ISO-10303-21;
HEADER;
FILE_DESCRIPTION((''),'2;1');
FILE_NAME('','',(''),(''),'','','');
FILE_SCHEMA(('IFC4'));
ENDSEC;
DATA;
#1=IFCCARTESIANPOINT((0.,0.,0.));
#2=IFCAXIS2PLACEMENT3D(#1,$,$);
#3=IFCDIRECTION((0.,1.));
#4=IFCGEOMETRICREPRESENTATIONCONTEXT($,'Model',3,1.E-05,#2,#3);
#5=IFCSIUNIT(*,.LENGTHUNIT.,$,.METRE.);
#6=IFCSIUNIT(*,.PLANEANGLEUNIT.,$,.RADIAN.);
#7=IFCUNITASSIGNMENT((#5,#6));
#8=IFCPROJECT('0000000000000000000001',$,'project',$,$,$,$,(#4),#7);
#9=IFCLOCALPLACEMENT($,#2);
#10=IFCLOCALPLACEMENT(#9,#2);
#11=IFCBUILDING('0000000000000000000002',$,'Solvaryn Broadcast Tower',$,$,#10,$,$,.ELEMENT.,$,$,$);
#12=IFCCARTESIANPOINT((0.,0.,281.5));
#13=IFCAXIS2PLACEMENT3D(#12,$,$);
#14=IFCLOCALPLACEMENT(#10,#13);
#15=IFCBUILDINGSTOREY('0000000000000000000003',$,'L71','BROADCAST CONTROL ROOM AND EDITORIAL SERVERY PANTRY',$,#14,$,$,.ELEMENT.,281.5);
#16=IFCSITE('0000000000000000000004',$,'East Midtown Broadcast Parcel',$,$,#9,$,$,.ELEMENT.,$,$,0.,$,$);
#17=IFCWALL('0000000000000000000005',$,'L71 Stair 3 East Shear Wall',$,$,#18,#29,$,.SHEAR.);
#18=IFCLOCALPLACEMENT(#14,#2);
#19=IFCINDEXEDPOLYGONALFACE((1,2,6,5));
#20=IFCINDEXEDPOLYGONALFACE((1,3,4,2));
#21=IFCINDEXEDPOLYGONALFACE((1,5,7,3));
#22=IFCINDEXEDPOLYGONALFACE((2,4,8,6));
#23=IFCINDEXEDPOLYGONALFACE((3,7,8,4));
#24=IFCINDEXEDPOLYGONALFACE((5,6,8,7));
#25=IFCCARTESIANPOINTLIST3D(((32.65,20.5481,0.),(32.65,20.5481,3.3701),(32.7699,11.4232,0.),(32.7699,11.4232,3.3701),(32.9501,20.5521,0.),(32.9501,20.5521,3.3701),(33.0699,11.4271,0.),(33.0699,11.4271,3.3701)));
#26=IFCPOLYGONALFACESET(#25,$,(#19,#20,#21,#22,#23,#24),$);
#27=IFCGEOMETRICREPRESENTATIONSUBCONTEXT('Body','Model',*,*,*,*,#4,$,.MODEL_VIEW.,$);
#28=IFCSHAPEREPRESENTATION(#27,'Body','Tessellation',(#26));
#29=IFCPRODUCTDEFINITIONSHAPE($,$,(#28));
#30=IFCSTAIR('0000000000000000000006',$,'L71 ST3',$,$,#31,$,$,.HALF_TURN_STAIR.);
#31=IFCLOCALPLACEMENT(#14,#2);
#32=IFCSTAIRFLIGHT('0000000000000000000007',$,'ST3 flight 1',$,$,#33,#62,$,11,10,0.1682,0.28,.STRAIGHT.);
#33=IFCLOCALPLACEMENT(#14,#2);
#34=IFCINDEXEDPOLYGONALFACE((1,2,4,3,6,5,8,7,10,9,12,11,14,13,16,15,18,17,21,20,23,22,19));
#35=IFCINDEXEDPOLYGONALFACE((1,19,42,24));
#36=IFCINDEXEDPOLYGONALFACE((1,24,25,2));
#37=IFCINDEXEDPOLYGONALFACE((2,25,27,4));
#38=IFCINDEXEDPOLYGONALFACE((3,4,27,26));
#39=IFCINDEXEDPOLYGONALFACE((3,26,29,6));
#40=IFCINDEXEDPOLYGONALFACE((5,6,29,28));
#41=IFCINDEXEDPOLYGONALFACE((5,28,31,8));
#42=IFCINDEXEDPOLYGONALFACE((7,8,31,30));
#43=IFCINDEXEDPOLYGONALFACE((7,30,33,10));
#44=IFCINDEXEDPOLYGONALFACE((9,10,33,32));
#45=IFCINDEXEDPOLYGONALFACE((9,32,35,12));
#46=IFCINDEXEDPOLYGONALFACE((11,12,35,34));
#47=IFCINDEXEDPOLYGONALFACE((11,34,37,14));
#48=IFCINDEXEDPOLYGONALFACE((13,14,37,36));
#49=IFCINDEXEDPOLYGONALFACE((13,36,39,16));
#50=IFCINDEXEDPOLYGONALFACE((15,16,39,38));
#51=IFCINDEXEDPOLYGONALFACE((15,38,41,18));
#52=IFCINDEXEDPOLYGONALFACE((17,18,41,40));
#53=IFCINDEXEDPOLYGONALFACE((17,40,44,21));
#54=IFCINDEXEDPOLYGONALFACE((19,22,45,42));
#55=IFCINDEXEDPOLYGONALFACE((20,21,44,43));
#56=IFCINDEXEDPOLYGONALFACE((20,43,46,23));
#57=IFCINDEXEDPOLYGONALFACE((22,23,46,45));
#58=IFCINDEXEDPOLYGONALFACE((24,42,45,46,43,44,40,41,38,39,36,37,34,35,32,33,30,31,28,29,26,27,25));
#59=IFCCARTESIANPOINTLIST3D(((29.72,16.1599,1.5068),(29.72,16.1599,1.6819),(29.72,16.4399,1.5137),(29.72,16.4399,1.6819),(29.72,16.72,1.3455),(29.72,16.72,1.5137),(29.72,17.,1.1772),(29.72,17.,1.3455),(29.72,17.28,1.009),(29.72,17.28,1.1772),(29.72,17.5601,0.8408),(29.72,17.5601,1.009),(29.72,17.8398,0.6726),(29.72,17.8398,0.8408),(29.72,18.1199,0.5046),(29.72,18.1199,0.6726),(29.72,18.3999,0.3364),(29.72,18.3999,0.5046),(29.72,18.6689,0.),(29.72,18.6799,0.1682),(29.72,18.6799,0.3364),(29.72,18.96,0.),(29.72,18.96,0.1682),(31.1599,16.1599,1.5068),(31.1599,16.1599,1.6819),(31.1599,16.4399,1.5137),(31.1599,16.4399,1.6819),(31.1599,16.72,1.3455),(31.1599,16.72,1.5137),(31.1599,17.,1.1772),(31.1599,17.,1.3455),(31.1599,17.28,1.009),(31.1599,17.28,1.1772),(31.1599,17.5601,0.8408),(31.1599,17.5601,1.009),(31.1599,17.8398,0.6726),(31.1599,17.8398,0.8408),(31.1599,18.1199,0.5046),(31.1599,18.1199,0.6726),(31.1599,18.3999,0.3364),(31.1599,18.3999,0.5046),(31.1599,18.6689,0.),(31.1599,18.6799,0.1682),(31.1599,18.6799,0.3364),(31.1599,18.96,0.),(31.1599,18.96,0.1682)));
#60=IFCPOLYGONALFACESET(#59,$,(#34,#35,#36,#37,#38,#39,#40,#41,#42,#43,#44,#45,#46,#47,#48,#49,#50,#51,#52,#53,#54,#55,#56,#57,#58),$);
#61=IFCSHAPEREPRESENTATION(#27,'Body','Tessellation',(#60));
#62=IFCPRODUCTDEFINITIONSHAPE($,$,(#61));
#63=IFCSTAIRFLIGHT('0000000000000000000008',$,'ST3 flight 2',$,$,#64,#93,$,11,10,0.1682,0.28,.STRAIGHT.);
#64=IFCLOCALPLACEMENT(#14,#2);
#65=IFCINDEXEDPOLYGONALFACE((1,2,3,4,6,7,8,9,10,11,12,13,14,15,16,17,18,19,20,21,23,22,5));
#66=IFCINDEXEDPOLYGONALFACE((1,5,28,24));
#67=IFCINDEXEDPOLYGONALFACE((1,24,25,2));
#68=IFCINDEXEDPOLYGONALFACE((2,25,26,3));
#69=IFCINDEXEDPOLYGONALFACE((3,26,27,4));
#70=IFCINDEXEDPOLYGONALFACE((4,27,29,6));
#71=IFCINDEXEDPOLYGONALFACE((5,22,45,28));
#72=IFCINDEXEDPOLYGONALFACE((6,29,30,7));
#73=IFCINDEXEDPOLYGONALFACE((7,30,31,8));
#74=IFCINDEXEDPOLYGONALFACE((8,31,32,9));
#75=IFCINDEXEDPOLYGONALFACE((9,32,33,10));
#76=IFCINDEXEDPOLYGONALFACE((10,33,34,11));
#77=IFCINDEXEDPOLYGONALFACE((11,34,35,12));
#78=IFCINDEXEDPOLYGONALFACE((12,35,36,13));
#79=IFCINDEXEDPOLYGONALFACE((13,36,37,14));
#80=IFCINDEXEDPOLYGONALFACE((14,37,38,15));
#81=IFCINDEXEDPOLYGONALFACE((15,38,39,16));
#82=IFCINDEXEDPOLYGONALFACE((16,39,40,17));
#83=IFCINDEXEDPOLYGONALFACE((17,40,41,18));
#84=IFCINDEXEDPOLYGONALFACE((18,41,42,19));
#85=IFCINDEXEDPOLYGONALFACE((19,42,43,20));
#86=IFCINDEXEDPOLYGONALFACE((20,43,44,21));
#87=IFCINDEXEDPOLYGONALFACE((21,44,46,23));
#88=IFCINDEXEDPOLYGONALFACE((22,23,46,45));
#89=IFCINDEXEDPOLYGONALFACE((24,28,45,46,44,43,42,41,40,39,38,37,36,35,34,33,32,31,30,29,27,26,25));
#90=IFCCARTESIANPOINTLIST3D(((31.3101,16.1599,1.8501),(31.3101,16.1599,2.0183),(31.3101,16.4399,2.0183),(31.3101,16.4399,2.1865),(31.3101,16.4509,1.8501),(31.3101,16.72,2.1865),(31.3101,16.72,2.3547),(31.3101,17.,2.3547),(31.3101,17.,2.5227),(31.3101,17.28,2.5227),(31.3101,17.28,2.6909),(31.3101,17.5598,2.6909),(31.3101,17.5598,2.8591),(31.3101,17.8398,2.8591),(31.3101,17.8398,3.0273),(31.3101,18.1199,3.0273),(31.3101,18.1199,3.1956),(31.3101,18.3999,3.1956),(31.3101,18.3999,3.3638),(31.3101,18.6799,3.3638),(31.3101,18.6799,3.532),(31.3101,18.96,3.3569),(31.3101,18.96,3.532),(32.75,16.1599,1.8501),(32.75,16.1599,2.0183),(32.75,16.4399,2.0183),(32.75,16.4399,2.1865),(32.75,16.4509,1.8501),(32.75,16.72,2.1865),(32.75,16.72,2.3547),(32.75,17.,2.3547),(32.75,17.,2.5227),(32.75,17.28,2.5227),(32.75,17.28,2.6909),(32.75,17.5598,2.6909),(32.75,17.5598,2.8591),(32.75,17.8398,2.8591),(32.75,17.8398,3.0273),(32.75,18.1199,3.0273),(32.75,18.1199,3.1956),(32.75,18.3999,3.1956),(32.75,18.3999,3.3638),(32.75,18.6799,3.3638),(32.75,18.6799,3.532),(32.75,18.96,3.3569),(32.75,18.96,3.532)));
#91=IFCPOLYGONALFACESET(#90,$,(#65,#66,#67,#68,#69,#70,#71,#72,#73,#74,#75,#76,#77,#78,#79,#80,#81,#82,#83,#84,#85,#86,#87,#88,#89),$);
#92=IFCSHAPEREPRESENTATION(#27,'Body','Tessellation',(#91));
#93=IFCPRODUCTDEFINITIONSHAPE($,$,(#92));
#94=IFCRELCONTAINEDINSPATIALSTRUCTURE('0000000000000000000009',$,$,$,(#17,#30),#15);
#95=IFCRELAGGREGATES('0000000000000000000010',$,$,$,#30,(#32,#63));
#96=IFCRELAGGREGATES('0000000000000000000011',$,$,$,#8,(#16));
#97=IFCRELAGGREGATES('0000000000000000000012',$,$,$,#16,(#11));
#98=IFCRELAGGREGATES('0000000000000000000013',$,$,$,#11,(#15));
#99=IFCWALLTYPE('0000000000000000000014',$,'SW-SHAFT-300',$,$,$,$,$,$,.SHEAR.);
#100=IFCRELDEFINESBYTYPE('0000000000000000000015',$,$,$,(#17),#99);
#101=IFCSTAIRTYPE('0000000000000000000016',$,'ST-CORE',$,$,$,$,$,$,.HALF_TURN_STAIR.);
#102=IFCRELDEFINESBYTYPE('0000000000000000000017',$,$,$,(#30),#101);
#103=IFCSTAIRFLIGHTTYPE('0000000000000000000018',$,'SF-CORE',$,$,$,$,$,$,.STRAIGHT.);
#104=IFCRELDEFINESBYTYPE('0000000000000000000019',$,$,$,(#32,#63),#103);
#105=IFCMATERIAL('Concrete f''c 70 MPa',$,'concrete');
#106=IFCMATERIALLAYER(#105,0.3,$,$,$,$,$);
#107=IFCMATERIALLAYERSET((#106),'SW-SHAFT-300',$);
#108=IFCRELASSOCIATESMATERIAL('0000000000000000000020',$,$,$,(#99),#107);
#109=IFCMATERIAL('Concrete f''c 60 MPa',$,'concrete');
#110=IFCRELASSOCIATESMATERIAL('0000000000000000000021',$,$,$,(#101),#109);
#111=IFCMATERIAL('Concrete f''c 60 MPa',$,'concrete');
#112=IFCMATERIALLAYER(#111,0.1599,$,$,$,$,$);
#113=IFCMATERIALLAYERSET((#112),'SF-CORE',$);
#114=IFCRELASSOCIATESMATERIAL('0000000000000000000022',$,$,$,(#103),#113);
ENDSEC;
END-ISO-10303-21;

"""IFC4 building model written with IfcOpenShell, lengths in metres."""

from ifc_helpers import new_model, si_unit, direction, frame, frame_2d, origin, place, context, subcontext, project, spatial, polyline, rectangle, outline, extrude, material, layer, layer_set, type_object, element, aggregate, save


model = new_model("IFC4")

# Units and contexts
model_context = context("Model", 3, precision=1e-05, world=origin(), true_north=direction((0.0, 1.0)))
body_context = subcontext(model_context, "Body", "Model", "MODEL_VIEW")
ifc_project = project(units=[si_unit("LENGTHUNIT", "METRE"), si_unit("PLANEANGLEUNIT", "RADIAN")], contexts=[model_context])

# Site, building, storey
site_placement = place(None, origin())
site = spatial("IfcSite", under=ifc_project, at=site_placement, Name="East Midtown Broadcast Parcel", CompositionType="ELEMENT", RefElevation=0.0)
building_placement = place(site_placement, origin())
building = spatial("IfcBuilding", under=site, at=building_placement, Name="Solvaryn Broadcast Tower", CompositionType="ELEMENT")
storey_placement = place(building_placement, frame((0.0, 0.0, 281.5)))
storey = spatial("IfcBuildingStorey", under=building, at=storey_placement, Name="L71", Description="BROADCAST CONTROL ROOM AND EDITORIAL SERVERY PANTRY", CompositionType="ELEMENT", Elevation=281.5)

# Wall
ifc_material_1 = material(Name="Concrete f'c 70 MPa", Category="concrete")
ifc_layer_1 = layer(ifc_material_1, 0.3)
ifc_layer_set_1 = layer_set([ifc_layer_1], Name="SW-SHAFT-300")
wall_type_1 = type_object("IfcWallType", Name="SW-SHAFT-300", PredefinedType="SHEAR", material=ifc_layer_set_1)
wall_1_placement = place(storey_placement, frame((32.9199, 11.425, 0.0), z_axis=(0.0, 0.0, 1.0), x_axis=(-0.013136, 0.999914, 0.0)))
element("IfcWall", 1, at=wall_1_placement, inside=storey, type_object=wall_type_1, Name="L71 Stair 3 East Shear Wall", PredefinedType="SHEAR", context=body_context, shape_type="SweptSolid", body=[
    extrude(rectangle(XDim=9.1257, YDim=0.3, at=frame_2d((4.563, 0.0))), origin(), (0.0, 0.0, 1.0), 3.3701),
])

# Stair, stair flights
ifc_material_2 = material(Name="Concrete f'c 60 MPa", Category="concrete")
stair_type = type_object("IfcStairType", Name="ST-CORE", PredefinedType="HALF_TURN_STAIR", material=ifc_material_2)
stair_placement = place(storey_placement, origin())
stair = element("IfcStair", 2, at=stair_placement, inside=storey, type_object=stair_type, Name="L71 ST3", PredefinedType="HALF_TURN_STAIR")
ifc_material_3 = material(Name="Concrete f'c 60 MPa", Category="concrete")
ifc_layer_2 = layer(ifc_material_3, 0.1599)
ifc_layer_set_2 = layer_set([ifc_layer_2], Name="SF-CORE")
stair_flight_type = type_object("IfcStairFlightType", Name="SF-CORE", PredefinedType="STRAIGHT", material=ifc_layer_set_2)
stair_flight_1_placement = place(storey_placement, frame((30.4399, 18.96, 0.0), z_axis=(0.0, 0.0, 1.0), x_axis=(0.0, -1.0, 0.0)))
stair_flight_1 = element("IfcStairFlight", 3, at=stair_flight_1_placement, type_object=stair_flight_type, Name="ST3 flight 1", NumberOfRisers=11, NumberOfTreads=10, PredefinedType="STRAIGHT", RiserHeight=0.1682, TreadLength=0.28, context=body_context, shape_type="SweptSolid", body=[
    extrude(outline(polyline([(0.0, 0.0), (0.0, 0.1682), (0.28, 0.1682), (0.28, 0.3364), (0.5601, 0.3364), (0.5601, 0.5046), (0.8401, 0.5046), (0.8401, 0.6726), (1.1201, 0.6726), (1.1201, 0.8408), (1.3999, 0.8408), (1.3999, 1.009), (1.6799, 1.009), (1.6799, 1.1772), (1.96, 1.1772), (1.96, 1.3455), (2.24, 1.3455), (2.24, 1.5137), (2.52, 1.5137), (2.52, 1.6819), (2.8, 1.6819), (2.8, 1.8501), (2.8, 1.5068), (0.291, 0.0), (0.0, 0.0)])), frame((0.0, 0.72, 0.0), z_axis=(0.0, -1.0, 0.0), x_axis=(1.0, 0.0, 0.0)), (0.0, 0.0, 1.0), 1.4399),
])
stair_flight_2_placement = place(storey_placement, frame((32.03, 16.1599, 1.8501), z_axis=(0.0, 0.0, 1.0), x_axis=(0.0, 1.0, 0.0)))
stair_flight_2 = element("IfcStairFlight", 4, at=stair_flight_2_placement, type_object=stair_flight_type, Name="ST3 flight 2", NumberOfRisers=11, NumberOfTreads=10, PredefinedType="STRAIGHT", RiserHeight=0.1682, TreadLength=0.28, context=body_context, shape_type="SweptSolid", body=[
    extrude(outline(polyline([(0.0, 0.0), (0.0, 0.1682), (0.28, 0.1682), (0.28, 0.3364), (0.5601, 0.3364), (0.5601, 0.5046), (0.8401, 0.5046), (0.8401, 0.6726), (1.1201, 0.6726), (1.1201, 0.8408), (1.3999, 0.8408), (1.3999, 1.009), (1.6799, 1.009), (1.6799, 1.1772), (1.96, 1.1772), (1.96, 1.3455), (2.24, 1.3455), (2.24, 1.5137), (2.52, 1.5137), (2.52, 1.6819), (2.8, 1.6819), (2.8, 1.8501), (2.8, 1.5068), (0.291, 0.0), (0.0, 0.0)])), frame((0.0, 0.72, 0.0), z_axis=(0.0, -1.0, 0.0), x_axis=(1.0, 0.0, 0.0)), (0.0, 0.0, 1.0), 1.4399),
])
aggregate(stair, [stair_flight_1, stair_flight_2])

save(model, "model.ifc")
